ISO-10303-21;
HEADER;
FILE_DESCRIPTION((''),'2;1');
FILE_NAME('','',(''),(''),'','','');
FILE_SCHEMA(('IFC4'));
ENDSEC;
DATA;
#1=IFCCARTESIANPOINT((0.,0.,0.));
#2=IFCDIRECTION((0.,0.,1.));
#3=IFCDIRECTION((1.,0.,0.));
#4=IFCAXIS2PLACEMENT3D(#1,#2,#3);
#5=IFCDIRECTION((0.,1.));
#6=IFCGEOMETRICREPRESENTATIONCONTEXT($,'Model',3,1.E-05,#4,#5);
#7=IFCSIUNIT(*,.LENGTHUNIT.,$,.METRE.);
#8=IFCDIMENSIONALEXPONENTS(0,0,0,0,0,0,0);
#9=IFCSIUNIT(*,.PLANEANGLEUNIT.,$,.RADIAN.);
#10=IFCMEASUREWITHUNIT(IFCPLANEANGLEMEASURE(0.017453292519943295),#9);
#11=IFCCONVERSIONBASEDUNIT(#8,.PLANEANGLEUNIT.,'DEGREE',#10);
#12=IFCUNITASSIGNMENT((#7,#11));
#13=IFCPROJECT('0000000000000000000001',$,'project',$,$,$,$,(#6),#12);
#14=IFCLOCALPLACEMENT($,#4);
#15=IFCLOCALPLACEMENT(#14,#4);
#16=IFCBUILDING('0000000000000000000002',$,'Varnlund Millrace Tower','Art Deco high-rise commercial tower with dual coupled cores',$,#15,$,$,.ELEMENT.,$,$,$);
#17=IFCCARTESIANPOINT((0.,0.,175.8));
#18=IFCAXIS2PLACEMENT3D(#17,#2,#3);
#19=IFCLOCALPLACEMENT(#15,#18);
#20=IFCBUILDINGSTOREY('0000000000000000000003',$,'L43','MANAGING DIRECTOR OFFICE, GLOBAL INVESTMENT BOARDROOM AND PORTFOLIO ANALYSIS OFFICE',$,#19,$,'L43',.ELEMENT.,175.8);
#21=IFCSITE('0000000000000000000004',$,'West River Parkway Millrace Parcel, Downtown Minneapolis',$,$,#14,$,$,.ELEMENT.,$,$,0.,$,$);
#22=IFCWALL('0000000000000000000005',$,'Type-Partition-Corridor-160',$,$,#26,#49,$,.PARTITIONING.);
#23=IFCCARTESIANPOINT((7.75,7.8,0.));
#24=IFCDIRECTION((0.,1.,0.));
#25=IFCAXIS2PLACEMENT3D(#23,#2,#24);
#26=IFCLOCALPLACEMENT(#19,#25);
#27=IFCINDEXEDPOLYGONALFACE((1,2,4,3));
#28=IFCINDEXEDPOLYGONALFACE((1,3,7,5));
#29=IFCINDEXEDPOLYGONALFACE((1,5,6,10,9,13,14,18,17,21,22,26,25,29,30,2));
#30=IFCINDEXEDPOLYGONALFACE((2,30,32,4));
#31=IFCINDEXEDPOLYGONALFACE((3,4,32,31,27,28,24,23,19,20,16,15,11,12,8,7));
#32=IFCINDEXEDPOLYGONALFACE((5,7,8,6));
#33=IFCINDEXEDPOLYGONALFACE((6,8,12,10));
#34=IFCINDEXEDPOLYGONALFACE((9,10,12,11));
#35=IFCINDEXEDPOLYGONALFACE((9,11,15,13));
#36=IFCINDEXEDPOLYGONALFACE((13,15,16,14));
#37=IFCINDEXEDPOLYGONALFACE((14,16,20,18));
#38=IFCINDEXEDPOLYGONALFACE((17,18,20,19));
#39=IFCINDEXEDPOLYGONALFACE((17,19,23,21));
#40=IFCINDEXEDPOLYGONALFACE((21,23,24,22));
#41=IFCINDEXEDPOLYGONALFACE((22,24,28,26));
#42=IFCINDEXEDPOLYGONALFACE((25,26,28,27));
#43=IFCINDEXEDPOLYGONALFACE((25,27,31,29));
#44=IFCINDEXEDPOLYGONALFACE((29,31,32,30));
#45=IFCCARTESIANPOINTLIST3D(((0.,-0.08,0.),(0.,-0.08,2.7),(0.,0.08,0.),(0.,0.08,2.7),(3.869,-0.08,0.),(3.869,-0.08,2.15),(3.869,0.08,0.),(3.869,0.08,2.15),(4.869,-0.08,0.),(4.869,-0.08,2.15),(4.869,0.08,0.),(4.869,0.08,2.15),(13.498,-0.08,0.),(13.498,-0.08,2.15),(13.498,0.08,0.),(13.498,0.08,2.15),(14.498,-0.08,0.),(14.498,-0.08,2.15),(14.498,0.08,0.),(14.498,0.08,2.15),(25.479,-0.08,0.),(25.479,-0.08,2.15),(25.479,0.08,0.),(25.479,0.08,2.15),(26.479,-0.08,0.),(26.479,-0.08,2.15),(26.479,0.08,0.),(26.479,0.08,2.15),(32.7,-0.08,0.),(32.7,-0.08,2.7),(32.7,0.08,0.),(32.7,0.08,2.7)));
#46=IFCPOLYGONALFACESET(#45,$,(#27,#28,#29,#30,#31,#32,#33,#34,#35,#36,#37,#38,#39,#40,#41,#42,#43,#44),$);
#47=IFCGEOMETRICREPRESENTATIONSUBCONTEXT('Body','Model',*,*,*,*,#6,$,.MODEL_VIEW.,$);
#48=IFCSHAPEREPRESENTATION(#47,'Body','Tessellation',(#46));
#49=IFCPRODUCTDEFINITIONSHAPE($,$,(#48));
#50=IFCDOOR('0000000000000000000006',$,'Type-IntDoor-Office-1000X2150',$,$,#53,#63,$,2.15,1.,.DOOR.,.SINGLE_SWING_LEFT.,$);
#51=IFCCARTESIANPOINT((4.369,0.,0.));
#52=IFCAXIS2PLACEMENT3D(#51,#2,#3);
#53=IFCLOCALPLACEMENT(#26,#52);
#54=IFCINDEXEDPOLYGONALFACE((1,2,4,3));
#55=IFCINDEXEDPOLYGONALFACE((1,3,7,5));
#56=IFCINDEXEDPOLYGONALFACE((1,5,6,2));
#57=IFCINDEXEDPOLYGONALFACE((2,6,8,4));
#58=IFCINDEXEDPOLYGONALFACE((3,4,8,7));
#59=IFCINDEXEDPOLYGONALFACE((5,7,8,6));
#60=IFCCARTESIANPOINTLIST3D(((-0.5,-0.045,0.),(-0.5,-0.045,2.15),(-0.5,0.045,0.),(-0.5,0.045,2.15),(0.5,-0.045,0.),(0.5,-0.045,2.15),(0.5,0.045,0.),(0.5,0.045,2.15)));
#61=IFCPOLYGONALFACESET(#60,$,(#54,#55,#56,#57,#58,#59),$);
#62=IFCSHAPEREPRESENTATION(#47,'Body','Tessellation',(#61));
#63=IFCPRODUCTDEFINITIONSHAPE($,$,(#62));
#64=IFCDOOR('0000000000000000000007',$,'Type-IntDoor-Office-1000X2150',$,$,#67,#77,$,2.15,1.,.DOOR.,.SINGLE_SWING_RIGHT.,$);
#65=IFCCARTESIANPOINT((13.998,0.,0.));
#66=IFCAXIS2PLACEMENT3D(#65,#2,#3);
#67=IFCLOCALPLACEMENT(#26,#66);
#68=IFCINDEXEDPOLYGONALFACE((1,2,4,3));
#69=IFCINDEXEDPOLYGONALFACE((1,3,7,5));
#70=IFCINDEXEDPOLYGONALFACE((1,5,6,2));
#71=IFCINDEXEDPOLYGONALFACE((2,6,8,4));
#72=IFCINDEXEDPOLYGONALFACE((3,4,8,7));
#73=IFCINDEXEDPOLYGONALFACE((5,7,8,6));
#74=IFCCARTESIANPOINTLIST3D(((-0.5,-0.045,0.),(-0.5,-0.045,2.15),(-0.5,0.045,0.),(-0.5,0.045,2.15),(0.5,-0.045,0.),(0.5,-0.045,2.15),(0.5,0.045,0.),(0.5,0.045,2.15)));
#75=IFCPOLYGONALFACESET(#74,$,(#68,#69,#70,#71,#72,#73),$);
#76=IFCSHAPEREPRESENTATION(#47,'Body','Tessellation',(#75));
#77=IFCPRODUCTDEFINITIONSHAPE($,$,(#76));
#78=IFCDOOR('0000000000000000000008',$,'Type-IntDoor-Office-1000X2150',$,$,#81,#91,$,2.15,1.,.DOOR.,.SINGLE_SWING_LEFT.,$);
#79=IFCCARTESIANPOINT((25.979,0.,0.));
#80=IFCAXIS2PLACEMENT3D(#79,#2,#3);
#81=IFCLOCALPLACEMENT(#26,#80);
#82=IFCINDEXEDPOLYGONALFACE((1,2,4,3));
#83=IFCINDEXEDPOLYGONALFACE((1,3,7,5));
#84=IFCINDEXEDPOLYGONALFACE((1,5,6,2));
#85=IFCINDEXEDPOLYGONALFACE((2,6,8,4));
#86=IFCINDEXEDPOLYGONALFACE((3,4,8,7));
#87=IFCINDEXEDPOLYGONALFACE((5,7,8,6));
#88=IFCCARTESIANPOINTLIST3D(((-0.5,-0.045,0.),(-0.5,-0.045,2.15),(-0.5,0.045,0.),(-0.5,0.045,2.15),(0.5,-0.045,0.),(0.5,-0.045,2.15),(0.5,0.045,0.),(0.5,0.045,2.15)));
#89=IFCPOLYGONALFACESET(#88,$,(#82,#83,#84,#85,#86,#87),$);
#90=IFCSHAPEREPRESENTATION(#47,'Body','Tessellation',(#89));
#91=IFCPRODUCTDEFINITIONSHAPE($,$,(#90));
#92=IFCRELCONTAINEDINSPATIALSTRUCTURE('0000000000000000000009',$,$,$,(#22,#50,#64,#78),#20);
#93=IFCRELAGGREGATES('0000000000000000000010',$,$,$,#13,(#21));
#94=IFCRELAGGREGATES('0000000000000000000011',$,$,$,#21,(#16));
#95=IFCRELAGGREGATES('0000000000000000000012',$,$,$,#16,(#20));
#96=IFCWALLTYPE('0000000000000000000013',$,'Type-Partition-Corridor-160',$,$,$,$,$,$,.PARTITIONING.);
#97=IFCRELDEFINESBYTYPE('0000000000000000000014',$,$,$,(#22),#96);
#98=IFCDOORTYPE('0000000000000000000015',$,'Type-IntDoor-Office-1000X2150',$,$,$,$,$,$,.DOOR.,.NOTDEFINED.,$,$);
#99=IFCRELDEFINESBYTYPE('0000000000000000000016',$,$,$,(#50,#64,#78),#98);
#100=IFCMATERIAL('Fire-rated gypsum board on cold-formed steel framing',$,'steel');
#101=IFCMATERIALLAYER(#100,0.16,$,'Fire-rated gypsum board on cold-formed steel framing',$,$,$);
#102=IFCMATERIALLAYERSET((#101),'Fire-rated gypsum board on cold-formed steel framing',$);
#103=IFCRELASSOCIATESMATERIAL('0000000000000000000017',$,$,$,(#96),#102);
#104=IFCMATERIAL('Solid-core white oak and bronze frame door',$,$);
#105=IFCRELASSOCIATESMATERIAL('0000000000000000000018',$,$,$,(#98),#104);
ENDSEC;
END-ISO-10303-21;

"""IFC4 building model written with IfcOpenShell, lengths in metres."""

from ifc_helpers import new_model, entity, si_unit, converted_unit, direction, frame, origin_with_axes, origin_2d_with_axis, place, context, subcontext, project, spatial, polyline, rectangle, outline, extrude, material, layer, layer_set, type_object, element, fill, save


model = new_model("IFC4")

# Units and contexts
model_context = context("Model", 3, precision=1e-05, world=origin_with_axes(), true_north=direction((0.0, 1.0)))
body_context = subcontext(model_context, "Body", "Model", "MODEL_VIEW")
ifc_project = project(units=[si_unit("LENGTHUNIT", "METRE"), converted_unit("PLANEANGLEUNIT", "DEGREE", entity("IfcPlaneAngleMeasure", 0.017453292519943295), si_unit("PLANEANGLEUNIT", "RADIAN"), dimensions=[0, 0, 0, 0, 0, 0, 0])], contexts=[model_context])

# Site, building, storey
site_placement = place(None, origin_with_axes())
site = spatial("IfcSite", under=ifc_project, at=site_placement, Name="West River Parkway Millrace Parcel, Downtown Minneapolis", CompositionType="ELEMENT", RefElevation=0.0)
building_placement = place(site_placement, origin_with_axes())
building = spatial("IfcBuilding", under=site, at=building_placement, Name="Varnlund Millrace Tower", Description="Art Deco high-rise commercial tower with dual coupled cores", CompositionType="ELEMENT")
storey_placement = place(building_placement, frame((0.0, 0.0, 175.8), z_axis=(0.0, 0.0, 1.0), x_axis=(1.0, 0.0, 0.0)))
storey = spatial("IfcBuildingStorey", under=building, at=storey_placement, Name="L43", Description="MANAGING DIRECTOR OFFICE, GLOBAL INVESTMENT BOARDROOM AND PORTFOLIO ANALYSIS OFFICE", LongName="L43", CompositionType="ELEMENT", Elevation=175.8)

# Shared definitions
ifc_material_1 = material(Name="Fire-rated gypsum board on cold-formed steel framing", Category="steel")
ifc_layer_1 = layer(ifc_material_1, 0.16, Name="Fire-rated gypsum board on cold-formed steel framing")
ifc_layer_set_1 = layer_set([ifc_layer_1], Name="Fire-rated gypsum board on cold-formed steel framing")
wall_type_1 = type_object("IfcWallType", Name="Type-Partition-Corridor-160", PredefinedType="PARTITIONING", material=ifc_layer_set_1)

# Shared definitions
ifc_material_2 = material(Name="Solid-core white oak and bronze frame door")
door_type_1 = type_object("IfcDoorType", Name="Type-IntDoor-Office-1000X2150", OperationType="NOTDEFINED", PredefinedType="DOOR", material=ifc_material_2)

# Wall, openings, doors
wall_1_placement = place(storey_placement, frame((7.75, 7.8, 0.0), z_axis=(0.0, 0.0, 1.0), x_axis=(0.0, 1.0, 0.0)))
wall_1 = element("IfcWall", 1, at=wall_1_placement, inside=storey, type_object=wall_type_1, Name="Type-Partition-Corridor-160", PredefinedType="PARTITIONING", context=body_context, shape_type="SweptSolid", body=[
    extrude(outline(polyline([(0.0, -0.08), (32.7, -0.08), (32.7, 0.08), (0.0, 0.08), (0.0, -0.08)])), origin_with_axes(), (0.0, 0.0, 1.0), 2.7),
])
opening_1_placement = place(wall_1_placement, frame((4.369, 0.0, 0.0), z_axis=(0.0, 0.0, 1.0), x_axis=(1.0, 0.0, 0.0)))
opening_1 = element("IfcOpeningElement", 2, at=opening_1_placement, cuts=wall_1, PredefinedType="OPENING", context=body_context, shape_type="SweptSolid", body=[
    extrude(rectangle(XDim=1.0, YDim=0.18, at=origin_2d_with_axis()), origin_with_axes(), (0.0, 0.0, 1.0), 2.15),
])
opening_2_placement = place(wall_1_placement, frame((13.998, 0.0, 0.0), z_axis=(0.0, 0.0, 1.0), x_axis=(1.0, 0.0, 0.0)))
opening_2 = element("IfcOpeningElement", 3, at=opening_2_placement, cuts=wall_1, PredefinedType="OPENING", context=body_context, shape_type="SweptSolid", body=[
    extrude(rectangle(XDim=1.0, YDim=0.18, at=origin_2d_with_axis()), origin_with_axes(), (0.0, 0.0, 1.0), 2.15),
])
opening_3_placement = place(wall_1_placement, frame((25.979, 0.0, 0.0), z_axis=(0.0, 0.0, 1.0), x_axis=(1.0, 0.0, 0.0)))
opening_3 = element("IfcOpeningElement", 4, at=opening_3_placement, cuts=wall_1, PredefinedType="OPENING", context=body_context, shape_type="SweptSolid", body=[
    extrude(rectangle(XDim=1.0, YDim=0.18, at=origin_2d_with_axis()), origin_with_axes(), (0.0, 0.0, 1.0), 2.15),
])
door_1_placement = place(wall_1_placement, frame((4.369, 0.0, 0.0), z_axis=(0.0, 0.0, 1.0), x_axis=(1.0, 0.0, 0.0)))
door_1 = element("IfcDoor", 5, at=door_1_placement, inside=storey, type_object=door_type_1, Name="Type-IntDoor-Office-1000X2150", OperationType="SINGLE_SWING_LEFT", OverallHeight=2.15, OverallWidth=1.0, PredefinedType="DOOR", context=body_context, shape_type="SweptSolid", body=[
    extrude(rectangle(XDim=1.0, YDim=0.09, at=origin_2d_with_axis()), origin_with_axes(), (0.0, 0.0, 1.0), 2.15),
])
fill(opening_1, door_1)
door_2_placement = place(wall_1_placement, frame((13.998, 0.0, 0.0), z_axis=(0.0, 0.0, 1.0), x_axis=(1.0, 0.0, 0.0)))
door_2 = element("IfcDoor", 6, at=door_2_placement, inside=storey, type_object=door_type_1, Name="Type-IntDoor-Office-1000X2150", OperationType="SINGLE_SWING_RIGHT", OverallHeight=2.15, OverallWidth=1.0, PredefinedType="DOOR", context=body_context, shape_type="SweptSolid", body=[
    extrude(rectangle(XDim=1.0, YDim=0.09, at=origin_2d_with_axis()), origin_with_axes(), (0.0, 0.0, 1.0), 2.15),
])
fill(opening_2, door_2)
door_3_placement = place(wall_1_placement, frame((25.979, 0.0, 0.0), z_axis=(0.0, 0.0, 1.0), x_axis=(1.0, 0.0, 0.0)))
door_3 = element("IfcDoor", 7, at=door_3_placement, inside=storey, type_object=door_type_1, Name="Type-IntDoor-Office-1000X2150", OperationType="SINGLE_SWING_LEFT", OverallHeight=2.15, OverallWidth=1.0, PredefinedType="DOOR", context=body_context, shape_type="SweptSolid", body=[
    extrude(rectangle(XDim=1.0, YDim=0.09, at=origin_2d_with_axis()), origin_with_axes(), (0.0, 0.0, 1.0), 2.15),
])
fill(opening_3, door_3)

save(model, "model.ifc")
